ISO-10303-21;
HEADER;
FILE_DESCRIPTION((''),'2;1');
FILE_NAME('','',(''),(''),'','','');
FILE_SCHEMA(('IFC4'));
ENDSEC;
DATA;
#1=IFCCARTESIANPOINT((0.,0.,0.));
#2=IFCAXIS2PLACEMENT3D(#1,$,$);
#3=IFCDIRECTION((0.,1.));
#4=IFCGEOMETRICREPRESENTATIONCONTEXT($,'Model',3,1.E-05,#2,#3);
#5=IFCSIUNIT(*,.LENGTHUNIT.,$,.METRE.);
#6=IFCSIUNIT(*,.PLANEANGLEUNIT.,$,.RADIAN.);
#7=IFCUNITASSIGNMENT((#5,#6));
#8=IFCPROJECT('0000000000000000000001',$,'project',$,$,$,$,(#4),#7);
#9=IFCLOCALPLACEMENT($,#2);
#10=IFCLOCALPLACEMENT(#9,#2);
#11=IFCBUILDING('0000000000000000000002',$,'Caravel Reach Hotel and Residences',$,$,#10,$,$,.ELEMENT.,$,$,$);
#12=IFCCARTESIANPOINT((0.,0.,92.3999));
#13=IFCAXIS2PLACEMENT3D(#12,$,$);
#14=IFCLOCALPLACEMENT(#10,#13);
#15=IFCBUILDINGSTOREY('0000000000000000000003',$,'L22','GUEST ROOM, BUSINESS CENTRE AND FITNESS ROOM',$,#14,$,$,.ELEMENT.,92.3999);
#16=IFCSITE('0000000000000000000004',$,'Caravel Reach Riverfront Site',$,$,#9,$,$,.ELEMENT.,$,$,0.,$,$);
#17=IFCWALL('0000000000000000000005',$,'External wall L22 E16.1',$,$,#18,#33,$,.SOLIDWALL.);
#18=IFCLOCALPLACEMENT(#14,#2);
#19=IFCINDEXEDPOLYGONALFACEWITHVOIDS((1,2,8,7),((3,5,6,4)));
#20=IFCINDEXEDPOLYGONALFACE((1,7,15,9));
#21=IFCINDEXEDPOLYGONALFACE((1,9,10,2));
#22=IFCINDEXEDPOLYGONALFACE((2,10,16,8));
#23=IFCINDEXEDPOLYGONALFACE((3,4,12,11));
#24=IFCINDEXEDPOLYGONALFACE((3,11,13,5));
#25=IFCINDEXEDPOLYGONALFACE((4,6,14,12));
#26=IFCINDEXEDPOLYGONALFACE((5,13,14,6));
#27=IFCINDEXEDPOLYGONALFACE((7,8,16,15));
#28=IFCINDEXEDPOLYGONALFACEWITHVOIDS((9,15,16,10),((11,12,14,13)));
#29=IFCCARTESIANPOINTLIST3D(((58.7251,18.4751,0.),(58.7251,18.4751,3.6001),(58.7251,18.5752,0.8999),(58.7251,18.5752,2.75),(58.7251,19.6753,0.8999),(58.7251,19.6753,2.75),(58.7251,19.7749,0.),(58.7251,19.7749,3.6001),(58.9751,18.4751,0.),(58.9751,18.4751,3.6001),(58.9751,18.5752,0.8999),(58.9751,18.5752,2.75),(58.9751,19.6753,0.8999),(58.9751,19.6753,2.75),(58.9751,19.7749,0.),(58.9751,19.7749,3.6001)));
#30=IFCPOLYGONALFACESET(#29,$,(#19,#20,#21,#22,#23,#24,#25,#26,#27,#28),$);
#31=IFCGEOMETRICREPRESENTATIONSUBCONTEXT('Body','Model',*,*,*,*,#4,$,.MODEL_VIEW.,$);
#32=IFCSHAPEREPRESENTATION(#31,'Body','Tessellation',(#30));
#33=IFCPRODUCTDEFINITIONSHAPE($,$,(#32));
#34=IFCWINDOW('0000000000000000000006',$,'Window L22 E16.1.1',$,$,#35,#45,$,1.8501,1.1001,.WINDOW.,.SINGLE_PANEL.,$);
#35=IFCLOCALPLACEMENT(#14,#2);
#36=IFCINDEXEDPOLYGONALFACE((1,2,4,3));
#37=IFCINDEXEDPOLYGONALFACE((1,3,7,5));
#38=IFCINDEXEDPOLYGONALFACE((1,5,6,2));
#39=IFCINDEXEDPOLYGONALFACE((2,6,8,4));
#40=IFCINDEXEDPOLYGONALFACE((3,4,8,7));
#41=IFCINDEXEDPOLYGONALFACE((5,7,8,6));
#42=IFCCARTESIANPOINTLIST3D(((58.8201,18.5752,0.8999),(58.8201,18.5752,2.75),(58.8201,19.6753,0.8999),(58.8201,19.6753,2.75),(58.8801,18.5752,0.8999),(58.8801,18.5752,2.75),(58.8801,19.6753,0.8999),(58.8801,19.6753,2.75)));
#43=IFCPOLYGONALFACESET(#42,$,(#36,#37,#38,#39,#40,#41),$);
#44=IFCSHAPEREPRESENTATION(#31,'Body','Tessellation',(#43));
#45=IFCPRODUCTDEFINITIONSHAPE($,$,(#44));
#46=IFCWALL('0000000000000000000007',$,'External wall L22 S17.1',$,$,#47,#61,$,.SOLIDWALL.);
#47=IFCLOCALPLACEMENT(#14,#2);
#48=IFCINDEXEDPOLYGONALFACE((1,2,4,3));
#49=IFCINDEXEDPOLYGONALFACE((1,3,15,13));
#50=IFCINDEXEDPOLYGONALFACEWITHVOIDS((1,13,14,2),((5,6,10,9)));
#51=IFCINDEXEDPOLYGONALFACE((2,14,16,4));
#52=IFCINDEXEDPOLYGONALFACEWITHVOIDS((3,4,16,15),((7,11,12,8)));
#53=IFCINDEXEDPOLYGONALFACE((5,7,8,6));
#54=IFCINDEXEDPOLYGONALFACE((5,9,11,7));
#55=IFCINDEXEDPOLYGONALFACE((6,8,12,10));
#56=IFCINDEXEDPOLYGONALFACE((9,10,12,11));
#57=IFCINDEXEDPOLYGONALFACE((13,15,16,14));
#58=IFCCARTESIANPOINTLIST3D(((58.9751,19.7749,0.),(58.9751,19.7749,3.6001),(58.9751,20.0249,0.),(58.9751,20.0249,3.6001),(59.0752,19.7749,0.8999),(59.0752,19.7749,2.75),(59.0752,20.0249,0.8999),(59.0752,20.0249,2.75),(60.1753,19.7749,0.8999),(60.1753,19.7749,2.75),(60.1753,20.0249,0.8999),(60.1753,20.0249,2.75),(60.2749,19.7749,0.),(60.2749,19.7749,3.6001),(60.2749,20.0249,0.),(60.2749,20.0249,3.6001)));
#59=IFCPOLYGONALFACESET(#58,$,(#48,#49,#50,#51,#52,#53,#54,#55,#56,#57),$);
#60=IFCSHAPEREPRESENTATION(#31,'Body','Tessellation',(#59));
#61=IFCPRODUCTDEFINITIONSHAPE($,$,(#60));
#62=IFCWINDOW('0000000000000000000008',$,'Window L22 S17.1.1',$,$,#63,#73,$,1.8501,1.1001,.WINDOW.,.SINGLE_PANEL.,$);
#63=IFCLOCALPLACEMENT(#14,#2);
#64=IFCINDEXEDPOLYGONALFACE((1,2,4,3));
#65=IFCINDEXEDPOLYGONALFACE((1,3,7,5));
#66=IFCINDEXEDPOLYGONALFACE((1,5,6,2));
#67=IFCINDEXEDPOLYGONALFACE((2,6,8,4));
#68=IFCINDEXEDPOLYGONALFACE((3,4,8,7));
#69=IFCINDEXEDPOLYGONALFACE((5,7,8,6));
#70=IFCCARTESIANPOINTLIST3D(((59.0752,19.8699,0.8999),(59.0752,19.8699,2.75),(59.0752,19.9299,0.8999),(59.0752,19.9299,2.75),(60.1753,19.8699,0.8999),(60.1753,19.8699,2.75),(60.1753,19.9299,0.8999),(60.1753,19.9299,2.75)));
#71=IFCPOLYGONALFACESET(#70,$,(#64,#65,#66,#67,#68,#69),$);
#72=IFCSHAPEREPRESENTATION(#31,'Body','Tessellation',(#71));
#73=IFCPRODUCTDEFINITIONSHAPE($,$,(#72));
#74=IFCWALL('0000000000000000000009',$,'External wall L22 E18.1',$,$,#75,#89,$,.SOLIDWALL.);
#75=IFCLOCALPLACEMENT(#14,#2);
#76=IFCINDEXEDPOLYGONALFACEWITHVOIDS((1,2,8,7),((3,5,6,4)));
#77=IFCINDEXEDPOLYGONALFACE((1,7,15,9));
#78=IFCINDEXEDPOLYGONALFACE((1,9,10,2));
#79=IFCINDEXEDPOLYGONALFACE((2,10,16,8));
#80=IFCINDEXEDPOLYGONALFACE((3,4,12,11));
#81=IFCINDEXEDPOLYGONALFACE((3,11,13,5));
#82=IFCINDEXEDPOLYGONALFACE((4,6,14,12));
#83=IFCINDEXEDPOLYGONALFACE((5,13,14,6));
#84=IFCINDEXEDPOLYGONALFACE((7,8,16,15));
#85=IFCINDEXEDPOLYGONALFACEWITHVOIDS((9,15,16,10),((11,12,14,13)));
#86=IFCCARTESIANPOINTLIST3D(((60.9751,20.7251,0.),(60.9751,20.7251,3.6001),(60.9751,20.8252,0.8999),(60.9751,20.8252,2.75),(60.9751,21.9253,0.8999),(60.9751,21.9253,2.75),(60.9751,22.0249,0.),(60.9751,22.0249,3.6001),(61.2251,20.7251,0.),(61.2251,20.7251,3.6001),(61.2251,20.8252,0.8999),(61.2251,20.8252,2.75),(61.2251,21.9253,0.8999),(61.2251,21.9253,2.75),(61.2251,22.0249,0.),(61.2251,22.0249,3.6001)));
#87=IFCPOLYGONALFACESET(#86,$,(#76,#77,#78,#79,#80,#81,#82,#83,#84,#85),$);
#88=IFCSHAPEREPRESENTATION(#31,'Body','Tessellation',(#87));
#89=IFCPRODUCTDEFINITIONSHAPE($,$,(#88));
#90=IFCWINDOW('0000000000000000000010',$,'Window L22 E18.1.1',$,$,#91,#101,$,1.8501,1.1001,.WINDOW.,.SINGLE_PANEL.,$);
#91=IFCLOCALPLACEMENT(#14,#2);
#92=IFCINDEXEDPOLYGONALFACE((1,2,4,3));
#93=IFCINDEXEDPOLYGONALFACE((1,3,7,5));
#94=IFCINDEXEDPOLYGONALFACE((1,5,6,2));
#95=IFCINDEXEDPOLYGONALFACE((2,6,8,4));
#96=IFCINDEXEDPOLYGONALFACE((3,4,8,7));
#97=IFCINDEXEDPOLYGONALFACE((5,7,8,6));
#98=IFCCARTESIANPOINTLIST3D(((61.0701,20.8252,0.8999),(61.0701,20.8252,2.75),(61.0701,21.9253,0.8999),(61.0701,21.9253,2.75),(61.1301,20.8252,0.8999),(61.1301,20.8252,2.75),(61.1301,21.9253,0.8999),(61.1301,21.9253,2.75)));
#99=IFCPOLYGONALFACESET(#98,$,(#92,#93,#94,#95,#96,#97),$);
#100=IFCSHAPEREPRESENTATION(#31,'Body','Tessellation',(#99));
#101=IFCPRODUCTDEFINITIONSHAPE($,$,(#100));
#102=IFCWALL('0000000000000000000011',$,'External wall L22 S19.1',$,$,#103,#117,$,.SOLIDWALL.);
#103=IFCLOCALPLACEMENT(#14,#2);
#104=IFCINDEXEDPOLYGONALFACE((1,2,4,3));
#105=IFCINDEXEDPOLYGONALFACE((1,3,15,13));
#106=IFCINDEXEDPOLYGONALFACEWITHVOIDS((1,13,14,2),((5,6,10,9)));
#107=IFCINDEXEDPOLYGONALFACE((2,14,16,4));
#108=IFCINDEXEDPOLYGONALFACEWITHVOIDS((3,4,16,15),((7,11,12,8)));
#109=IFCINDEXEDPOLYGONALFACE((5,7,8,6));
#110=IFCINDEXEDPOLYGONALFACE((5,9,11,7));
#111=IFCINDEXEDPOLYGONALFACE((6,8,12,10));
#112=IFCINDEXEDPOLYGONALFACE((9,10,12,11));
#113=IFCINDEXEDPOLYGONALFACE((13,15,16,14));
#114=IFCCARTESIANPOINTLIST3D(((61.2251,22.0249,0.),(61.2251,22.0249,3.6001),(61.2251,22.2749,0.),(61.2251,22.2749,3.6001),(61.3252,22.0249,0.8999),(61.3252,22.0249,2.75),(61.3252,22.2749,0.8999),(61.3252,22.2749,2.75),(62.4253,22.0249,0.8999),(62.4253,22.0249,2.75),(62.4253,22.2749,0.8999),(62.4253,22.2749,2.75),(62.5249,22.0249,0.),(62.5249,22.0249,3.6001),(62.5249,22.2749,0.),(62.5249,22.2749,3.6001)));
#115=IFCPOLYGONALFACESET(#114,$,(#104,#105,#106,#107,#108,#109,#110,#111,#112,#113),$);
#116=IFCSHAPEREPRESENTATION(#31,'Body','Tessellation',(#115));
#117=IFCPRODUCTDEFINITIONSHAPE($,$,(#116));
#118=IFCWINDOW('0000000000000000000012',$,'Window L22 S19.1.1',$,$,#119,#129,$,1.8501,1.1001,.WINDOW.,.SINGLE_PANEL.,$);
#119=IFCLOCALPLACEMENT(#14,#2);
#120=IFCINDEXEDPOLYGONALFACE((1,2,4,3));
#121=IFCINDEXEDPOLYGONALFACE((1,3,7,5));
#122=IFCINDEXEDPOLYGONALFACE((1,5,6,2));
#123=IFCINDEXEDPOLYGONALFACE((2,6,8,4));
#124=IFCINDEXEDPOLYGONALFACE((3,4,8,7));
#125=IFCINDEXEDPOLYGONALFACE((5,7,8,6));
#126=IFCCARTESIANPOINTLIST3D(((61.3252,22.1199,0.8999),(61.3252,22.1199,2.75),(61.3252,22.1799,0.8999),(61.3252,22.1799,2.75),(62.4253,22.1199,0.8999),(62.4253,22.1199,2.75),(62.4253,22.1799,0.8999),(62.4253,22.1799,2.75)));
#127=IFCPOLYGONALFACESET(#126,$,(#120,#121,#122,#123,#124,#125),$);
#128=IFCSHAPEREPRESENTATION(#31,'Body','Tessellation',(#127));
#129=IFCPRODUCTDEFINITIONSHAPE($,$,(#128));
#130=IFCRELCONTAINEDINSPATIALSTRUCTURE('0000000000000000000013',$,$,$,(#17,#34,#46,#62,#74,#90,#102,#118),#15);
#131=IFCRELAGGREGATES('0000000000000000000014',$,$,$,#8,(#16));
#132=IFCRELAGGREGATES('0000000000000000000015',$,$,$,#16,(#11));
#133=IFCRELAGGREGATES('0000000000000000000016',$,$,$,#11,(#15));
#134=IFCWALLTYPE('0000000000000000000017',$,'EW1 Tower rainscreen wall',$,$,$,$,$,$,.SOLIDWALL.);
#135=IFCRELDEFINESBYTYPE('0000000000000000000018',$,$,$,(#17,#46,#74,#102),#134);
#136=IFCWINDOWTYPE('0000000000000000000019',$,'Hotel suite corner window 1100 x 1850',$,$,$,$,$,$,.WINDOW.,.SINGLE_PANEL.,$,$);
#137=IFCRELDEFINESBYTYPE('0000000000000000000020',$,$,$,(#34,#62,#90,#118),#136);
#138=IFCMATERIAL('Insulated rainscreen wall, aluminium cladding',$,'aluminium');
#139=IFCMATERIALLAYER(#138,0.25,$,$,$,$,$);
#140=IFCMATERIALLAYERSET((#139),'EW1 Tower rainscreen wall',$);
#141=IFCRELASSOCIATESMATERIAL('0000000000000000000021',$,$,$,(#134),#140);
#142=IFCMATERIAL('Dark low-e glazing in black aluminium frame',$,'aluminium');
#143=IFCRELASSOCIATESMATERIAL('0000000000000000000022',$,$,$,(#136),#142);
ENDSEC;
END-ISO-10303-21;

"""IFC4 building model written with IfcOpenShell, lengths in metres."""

from ifc_helpers import new_model, si_unit, direction, frame, frame_2d, origin, place, context, subcontext, project, spatial, rectangle, extrude, material, layer, layer_set, type_object, element, fill, save


model = new_model("IFC4")

# Units and contexts
model_context = context("Model", 3, precision=1e-05, world=origin(), true_north=direction((0.0, 1.0)))
body_context = subcontext(model_context, "Body", "Model", "MODEL_VIEW")
ifc_project = project(units=[si_unit("LENGTHUNIT", "METRE"), si_unit("PLANEANGLEUNIT", "RADIAN")], contexts=[model_context])

# Site, building, storey
site_placement = place(None, origin())
site = spatial("IfcSite", under=ifc_project, at=site_placement, Name="Caravel Reach Riverfront Site", CompositionType="ELEMENT", RefElevation=0.0)
building_placement = place(site_placement, origin())
building = spatial("IfcBuilding", under=site, at=building_placement, Name="Caravel Reach Hotel and Residences", CompositionType="ELEMENT")
storey_placement = place(building_placement, frame((0.0, 0.0, 92.3999)))
storey = spatial("IfcBuildingStorey", under=building, at=storey_placement, Name="L22", Description="GUEST ROOM, BUSINESS CENTRE AND FITNESS ROOM", CompositionType="ELEMENT", Elevation=92.3999)

# Walls, openings, windows
ifc_material_1 = material(Name="Insulated rainscreen wall, aluminium cladding", Category="aluminium")
ifc_layer_1 = layer(ifc_material_1, 0.25)
ifc_layer_set_1 = layer_set([ifc_layer_1], Name="EW1 Tower rainscreen wall")
wall_type_1 = type_object("IfcWallType", Name="EW1 Tower rainscreen wall", PredefinedType="SOLIDWALL", material=ifc_layer_set_1)
wall_1_placement = place(storey_placement, frame((58.8501, 18.4751, 0.0), z_axis=(0.0, 0.0, 1.0), x_axis=(0.0, 1.0, 0.0)))
wall_1 = element("IfcWall", 1, at=wall_1_placement, inside=storey, type_object=wall_type_1, Name="External wall L22 E16.1", PredefinedType="SOLIDWALL", context=body_context, shape_type="SweptSolid", body=[
    extrude(rectangle(XDim=1.2998, YDim=0.25, at=frame_2d((0.6499, 0.0))), origin(), (0.0, 0.0, 1.0), 3.6001),
])
opening_1_placement = place(wall_1_placement, frame((0.1001, 0.0, 0.8999)))
opening_1 = element("IfcOpeningElement", 2, at=opening_1_placement, cuts=wall_1, PredefinedType="OPENING", context=body_context, shape_type="SweptSolid", body=[
    extrude(rectangle(XDim=1.1001, YDim=1.8501, at=frame_2d((0.55, 0.925))), frame((0.0, 0.135, 0.0), z_axis=(0.0, -1.0, 0.0), x_axis=(1.0, 0.0, 0.0)), (0.0, 0.0, 1.0), 0.27),
])
ifc_material_2 = material(Name="Dark low-e glazing in black aluminium frame", Category="aluminium")
window_type_1 = type_object("IfcWindowType", Name="Hotel suite corner window 1100 x 1850", PartitioningType="SINGLE_PANEL", PredefinedType="WINDOW", material=ifc_material_2)
window_1_placement = place(opening_1_placement, origin())
window_1 = element("IfcWindow", 3, at=window_1_placement, inside=storey, type_object=window_type_1, Name="Window L22 E16.1.1", OverallHeight=1.8501, OverallWidth=1.1001, PartitioningType="SINGLE_PANEL", PredefinedType="WINDOW", context=body_context, shape_type="SweptSolid", body=[
    extrude(rectangle(XDim=1.1001, YDim=1.8501, at=frame_2d((0.55, 0.925))), frame((0.0, 0.03, 0.0), z_axis=(0.0, -1.0, 0.0), x_axis=(1.0, 0.0, 0.0)), (0.0, 0.0, 1.0), 0.0601),
])
fill(opening_1, window_1)
wall_2_placement = place(storey_placement, frame((58.9751, 19.8999, 0.0), z_axis=(0.0, 0.0, 1.0), x_axis=(1.0, 0.0, 0.0)))
wall_2 = element("IfcWall", 4, at=wall_2_placement, inside=storey, type_object=wall_type_1, Name="External wall L22 S17.1", PredefinedType="SOLIDWALL", context=body_context, shape_type="SweptSolid", body=[
    extrude(rectangle(XDim=1.2998, YDim=0.25, at=frame_2d((0.6499, 0.0))), origin(), (0.0, 0.0, 1.0), 3.6001),
])
opening_2_placement = place(wall_2_placement, frame((0.1001, 0.0, 0.8999)))
opening_2 = element("IfcOpeningElement", 5, at=opening_2_placement, cuts=wall_2, PredefinedType="OPENING", context=body_context, shape_type="SweptSolid", body=[
    extrude(rectangle(XDim=1.1001, YDim=1.8501, at=frame_2d((0.55, 0.925))), frame((0.0, 0.135, 0.0), z_axis=(0.0, -1.0, 0.0), x_axis=(1.0, 0.0, 0.0)), (0.0, 0.0, 1.0), 0.27),
])
window_2_placement = place(opening_2_placement, origin())
window_2 = element("IfcWindow", 6, at=window_2_placement, inside=storey, type_object=window_type_1, Name="Window L22 S17.1.1", OverallHeight=1.8501, OverallWidth=1.1001, PartitioningType="SINGLE_PANEL", PredefinedType="WINDOW", context=body_context, shape_type="SweptSolid", body=[
    extrude(rectangle(XDim=1.1001, YDim=1.8501, at=frame_2d((0.55, 0.925))), frame((0.0, 0.03, 0.0), z_axis=(0.0, -1.0, 0.0), x_axis=(1.0, 0.0, 0.0)), (0.0, 0.0, 1.0), 0.0601),
])
fill(opening_2, window_2)
wall_3_placement = place(storey_placement, frame((61.1001, 20.7251, 0.0), z_axis=(0.0, 0.0, 1.0), x_axis=(0.0, 1.0, 0.0)))
wall_3 = element("IfcWall", 7, at=wall_3_placement, inside=storey, type_object=wall_type_1, Name="External wall L22 E18.1", PredefinedType="SOLIDWALL", context=body_context, shape_type="SweptSolid", body=[
    extrude(rectangle(XDim=1.2998, YDim=0.25, at=frame_2d((0.6499, 0.0))), origin(), (0.0, 0.0, 1.0), 3.6001),
])
opening_3_placement = place(wall_3_placement, frame((0.1001, 0.0, 0.8999)))
opening_3 = element("IfcOpeningElement", 8, at=opening_3_placement, cuts=wall_3, PredefinedType="OPENING", context=body_context, shape_type="SweptSolid", body=[
    extrude(rectangle(XDim=1.1001, YDim=1.8501, at=frame_2d((0.55, 0.925))), frame((0.0, 0.135, 0.0), z_axis=(0.0, -1.0, 0.0), x_axis=(1.0, 0.0, 0.0)), (0.0, 0.0, 1.0), 0.27),
])
window_3_placement = place(opening_3_placement, origin())
window_3 = element("IfcWindow", 9, at=window_3_placement, inside=storey, type_object=window_type_1, Name="Window L22 E18.1.1", OverallHeight=1.8501, OverallWidth=1.1001, PartitioningType="SINGLE_PANEL", PredefinedType="WINDOW", context=body_context, shape_type="SweptSolid", body=[
    extrude(rectangle(XDim=1.1001, YDim=1.8501, at=frame_2d((0.55, 0.925))), frame((0.0, 0.03, 0.0), z_axis=(0.0, -1.0, 0.0), x_axis=(1.0, 0.0, 0.0)), (0.0, 0.0, 1.0), 0.0601),
])
fill(opening_3, window_3)
wall_4_placement = place(storey_placement, frame((61.2251, 22.1499, 0.0), z_axis=(0.0, 0.0, 1.0), x_axis=(1.0, 0.0, 0.0)))
wall_4 = element("IfcWall", 10, at=wall_4_placement, inside=storey, type_object=wall_type_1, Name="External wall L22 S19.1", PredefinedType="SOLIDWALL", context=body_context, shape_type="SweptSolid", body=[
    extrude(rectangle(XDim=1.2998, YDim=0.25, at=frame_2d((0.6499, 0.0))), origin(), (0.0, 0.0, 1.0), 3.6001),
])
opening_4_placement = place(wall_4_placement, frame((0.1001, 0.0, 0.8999)))
opening_4 = element("IfcOpeningElement", 11, at=opening_4_placement, cuts=wall_4, PredefinedType="OPENING", context=body_context, shape_type="SweptSolid", body=[
    extrude(rectangle(XDim=1.1001, YDim=1.8501, at=frame_2d((0.55, 0.925))), frame((0.0, 0.135, 0.0), z_axis=(0.0, -1.0, 0.0), x_axis=(1.0, 0.0, 0.0)), (0.0, 0.0, 1.0), 0.27),
])
window_4_placement = place(opening_4_placement, origin())
window_4 = element("IfcWindow", 12, at=window_4_placement, inside=storey, type_object=window_type_1, Name="Window L22 S19.1.1", OverallHeight=1.8501, OverallWidth=1.1001, PartitioningType="SINGLE_PANEL", PredefinedType="WINDOW", context=body_context, shape_type="SweptSolid", body=[
    extrude(rectangle(XDim=1.1001, YDim=1.8501, at=frame_2d((0.55, 0.925))), frame((0.0, 0.03, 0.0), z_axis=(0.0, -1.0, 0.0), x_axis=(1.0, 0.0, 0.0)), (0.0, 0.0, 1.0), 0.0601),
])
fill(opening_4, window_4)

save(model, "model.ifc")
